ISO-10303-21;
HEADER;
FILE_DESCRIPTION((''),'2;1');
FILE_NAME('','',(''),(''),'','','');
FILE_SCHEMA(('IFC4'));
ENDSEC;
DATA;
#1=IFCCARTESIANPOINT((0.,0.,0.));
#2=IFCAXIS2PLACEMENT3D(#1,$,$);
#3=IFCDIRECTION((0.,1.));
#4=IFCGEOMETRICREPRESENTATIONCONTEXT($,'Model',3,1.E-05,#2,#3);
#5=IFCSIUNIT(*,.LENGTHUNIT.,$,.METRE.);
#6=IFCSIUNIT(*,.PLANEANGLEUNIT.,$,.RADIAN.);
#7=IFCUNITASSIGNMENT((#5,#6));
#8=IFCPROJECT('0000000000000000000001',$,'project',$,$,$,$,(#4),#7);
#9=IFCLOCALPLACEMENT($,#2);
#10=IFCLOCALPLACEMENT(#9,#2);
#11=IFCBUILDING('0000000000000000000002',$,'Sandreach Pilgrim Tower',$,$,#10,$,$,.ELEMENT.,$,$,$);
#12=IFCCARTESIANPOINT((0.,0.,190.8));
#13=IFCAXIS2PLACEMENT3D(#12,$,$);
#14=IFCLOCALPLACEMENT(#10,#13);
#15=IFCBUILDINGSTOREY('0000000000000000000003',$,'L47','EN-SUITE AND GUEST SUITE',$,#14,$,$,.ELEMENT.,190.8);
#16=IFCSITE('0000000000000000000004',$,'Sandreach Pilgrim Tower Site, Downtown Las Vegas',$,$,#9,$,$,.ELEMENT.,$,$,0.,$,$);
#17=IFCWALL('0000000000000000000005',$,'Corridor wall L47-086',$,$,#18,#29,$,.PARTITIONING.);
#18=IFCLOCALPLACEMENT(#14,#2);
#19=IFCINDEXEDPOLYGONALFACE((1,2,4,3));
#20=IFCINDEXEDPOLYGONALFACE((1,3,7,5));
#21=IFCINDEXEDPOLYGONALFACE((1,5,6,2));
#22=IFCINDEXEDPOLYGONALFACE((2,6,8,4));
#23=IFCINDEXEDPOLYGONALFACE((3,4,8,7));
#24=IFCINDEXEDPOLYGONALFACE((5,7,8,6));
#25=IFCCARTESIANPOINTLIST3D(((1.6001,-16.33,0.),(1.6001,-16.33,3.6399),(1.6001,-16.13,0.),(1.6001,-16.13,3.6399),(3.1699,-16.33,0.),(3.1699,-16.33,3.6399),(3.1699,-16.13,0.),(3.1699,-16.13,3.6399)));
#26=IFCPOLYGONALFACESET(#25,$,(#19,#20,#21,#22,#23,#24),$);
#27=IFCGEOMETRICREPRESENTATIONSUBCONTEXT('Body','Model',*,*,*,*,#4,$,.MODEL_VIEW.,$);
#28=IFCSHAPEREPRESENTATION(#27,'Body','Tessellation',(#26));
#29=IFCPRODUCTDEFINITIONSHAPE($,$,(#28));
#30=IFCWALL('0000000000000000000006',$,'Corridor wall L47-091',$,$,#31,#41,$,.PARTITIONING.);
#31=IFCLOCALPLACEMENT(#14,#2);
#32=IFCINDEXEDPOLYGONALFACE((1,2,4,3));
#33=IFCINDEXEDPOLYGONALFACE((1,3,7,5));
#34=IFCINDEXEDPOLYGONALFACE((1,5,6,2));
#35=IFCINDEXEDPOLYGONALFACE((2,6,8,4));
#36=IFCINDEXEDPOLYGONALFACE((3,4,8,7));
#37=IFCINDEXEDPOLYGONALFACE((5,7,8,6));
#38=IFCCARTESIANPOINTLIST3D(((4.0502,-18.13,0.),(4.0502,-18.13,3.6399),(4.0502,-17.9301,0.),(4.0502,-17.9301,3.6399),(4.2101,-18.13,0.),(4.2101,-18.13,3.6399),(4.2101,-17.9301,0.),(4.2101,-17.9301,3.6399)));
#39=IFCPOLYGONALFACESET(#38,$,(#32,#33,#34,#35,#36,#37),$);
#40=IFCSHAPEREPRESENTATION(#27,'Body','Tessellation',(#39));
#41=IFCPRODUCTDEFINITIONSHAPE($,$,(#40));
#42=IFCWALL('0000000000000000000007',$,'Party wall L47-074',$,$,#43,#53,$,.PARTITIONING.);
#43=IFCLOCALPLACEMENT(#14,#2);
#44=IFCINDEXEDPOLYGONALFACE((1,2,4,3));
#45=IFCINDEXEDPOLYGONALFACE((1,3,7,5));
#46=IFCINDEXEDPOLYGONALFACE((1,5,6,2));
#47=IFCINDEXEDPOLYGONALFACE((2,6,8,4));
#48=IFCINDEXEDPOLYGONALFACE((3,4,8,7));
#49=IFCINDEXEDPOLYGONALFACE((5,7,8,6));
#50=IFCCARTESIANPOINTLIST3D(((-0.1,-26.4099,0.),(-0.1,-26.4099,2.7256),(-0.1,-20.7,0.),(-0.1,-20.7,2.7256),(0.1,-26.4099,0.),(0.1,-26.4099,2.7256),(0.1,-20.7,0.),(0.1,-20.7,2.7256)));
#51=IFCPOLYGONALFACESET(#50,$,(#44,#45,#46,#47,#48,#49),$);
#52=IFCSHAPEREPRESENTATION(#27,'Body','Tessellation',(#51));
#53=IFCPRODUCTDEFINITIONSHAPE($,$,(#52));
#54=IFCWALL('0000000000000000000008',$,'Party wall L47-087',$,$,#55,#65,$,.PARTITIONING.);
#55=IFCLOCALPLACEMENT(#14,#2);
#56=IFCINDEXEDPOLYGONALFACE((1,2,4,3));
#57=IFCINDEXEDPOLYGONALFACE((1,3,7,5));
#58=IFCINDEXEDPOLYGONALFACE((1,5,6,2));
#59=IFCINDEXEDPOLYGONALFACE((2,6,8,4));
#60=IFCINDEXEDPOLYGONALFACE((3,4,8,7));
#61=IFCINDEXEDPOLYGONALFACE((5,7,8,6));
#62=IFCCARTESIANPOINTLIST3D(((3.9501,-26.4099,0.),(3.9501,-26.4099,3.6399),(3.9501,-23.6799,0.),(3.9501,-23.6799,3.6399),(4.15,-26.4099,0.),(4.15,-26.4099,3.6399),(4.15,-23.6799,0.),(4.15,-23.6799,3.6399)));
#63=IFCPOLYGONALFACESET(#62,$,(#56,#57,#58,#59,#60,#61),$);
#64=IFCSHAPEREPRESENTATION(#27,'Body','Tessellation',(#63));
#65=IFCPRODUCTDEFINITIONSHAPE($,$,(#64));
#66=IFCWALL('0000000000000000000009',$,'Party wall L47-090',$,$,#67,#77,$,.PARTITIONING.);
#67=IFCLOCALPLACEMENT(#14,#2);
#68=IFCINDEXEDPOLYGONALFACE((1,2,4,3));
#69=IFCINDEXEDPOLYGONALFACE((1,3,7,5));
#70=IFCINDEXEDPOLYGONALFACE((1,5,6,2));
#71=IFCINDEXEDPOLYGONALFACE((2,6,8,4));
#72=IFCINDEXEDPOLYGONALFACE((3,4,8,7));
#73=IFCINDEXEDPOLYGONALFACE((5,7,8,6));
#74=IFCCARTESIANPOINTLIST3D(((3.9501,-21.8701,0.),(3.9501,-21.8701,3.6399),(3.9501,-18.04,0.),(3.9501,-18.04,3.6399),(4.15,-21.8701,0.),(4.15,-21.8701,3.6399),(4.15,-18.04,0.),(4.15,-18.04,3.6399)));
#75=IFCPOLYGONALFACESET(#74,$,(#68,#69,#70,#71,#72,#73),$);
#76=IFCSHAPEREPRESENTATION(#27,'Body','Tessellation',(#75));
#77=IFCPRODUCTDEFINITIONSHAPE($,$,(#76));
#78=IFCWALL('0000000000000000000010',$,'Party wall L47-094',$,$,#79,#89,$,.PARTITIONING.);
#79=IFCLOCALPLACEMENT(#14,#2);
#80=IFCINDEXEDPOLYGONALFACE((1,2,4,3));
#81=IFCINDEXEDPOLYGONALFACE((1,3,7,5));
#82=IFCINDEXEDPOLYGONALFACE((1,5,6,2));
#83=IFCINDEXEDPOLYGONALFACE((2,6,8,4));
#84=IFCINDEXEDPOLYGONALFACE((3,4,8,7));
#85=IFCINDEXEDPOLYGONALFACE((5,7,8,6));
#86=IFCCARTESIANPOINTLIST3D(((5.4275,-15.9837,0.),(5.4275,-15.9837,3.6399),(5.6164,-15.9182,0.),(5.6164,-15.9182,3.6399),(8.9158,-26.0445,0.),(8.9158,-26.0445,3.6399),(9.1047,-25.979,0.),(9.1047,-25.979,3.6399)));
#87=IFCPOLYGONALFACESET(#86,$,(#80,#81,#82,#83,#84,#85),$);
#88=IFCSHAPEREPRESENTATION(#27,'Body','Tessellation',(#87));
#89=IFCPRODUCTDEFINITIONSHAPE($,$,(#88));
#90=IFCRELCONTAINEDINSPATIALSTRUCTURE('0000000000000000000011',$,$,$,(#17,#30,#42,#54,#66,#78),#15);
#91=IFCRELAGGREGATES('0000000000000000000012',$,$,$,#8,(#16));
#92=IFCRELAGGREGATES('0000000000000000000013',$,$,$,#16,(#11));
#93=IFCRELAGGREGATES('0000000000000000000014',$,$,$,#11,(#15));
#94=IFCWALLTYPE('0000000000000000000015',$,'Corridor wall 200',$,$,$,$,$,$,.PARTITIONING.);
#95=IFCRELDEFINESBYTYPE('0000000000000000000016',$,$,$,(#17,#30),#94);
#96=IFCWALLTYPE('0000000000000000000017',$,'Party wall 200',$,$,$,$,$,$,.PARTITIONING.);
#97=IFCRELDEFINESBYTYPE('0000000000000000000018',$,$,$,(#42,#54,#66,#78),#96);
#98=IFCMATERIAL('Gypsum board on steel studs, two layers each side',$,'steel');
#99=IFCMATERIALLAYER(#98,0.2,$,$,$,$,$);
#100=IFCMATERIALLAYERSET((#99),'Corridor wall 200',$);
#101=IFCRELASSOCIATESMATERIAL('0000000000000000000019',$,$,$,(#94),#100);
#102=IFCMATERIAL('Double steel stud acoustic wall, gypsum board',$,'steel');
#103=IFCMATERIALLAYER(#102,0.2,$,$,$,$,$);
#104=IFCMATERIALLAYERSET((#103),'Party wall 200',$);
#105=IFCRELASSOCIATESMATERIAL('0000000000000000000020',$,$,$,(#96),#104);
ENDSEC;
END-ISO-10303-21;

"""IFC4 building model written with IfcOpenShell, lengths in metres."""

from ifc_helpers import new_model, si_unit, direction, frame, frame_2d, origin, place, context, subcontext, project, spatial, rectangle, extrude, material, layer, layer_set, type_object, element, save


model = new_model("IFC4")

# Units and contexts
model_context = context("Model", 3, precision=1e-05, world=origin(), true_north=direction((0.0, 1.0)))
body_context = subcontext(model_context, "Body", "Model", "MODEL_VIEW")
ifc_project = project(units=[si_unit("LENGTHUNIT", "METRE"), si_unit("PLANEANGLEUNIT", "RADIAN")], contexts=[model_context])

# Site, building, storey
site_placement = place(None, origin())
site = spatial("IfcSite", under=ifc_project, at=site_placement, Name="Sandreach Pilgrim Tower Site, Downtown Las Vegas", CompositionType="ELEMENT", RefElevation=0.0)
building_placement = place(site_placement, origin())
building = spatial("IfcBuilding", under=site, at=building_placement, Name="Sandreach Pilgrim Tower", CompositionType="ELEMENT")
storey_placement = place(building_placement, frame((0.0, 0.0, 190.8)))
storey = spatial("IfcBuildingStorey", under=building, at=storey_placement, Name="L47", Description="EN-SUITE AND GUEST SUITE", CompositionType="ELEMENT", Elevation=190.8)

# Shared definitions
ifc_material_1 = material(Name="Gypsum board on steel studs, two layers each side", Category="steel")
ifc_layer_1 = layer(ifc_material_1, 0.2)
ifc_layer_set_1 = layer_set([ifc_layer_1], Name="Corridor wall 200")
wall_type_1 = type_object("IfcWallType", Name="Corridor wall 200", PredefinedType="PARTITIONING", material=ifc_layer_set_1)

# Walls
wall_1_placement = place(storey_placement, frame((3.1699, -16.23, 0.0), z_axis=(0.0, 0.0, 1.0), x_axis=(-1.0, 0.0, 0.0)))
element("IfcWall", 1, at=wall_1_placement, inside=storey, type_object=wall_type_1, Name="Corridor wall L47-086", PredefinedType="PARTITIONING", context=body_context, shape_type="SweptSolid", body=[
    extrude(rectangle(XDim=1.5698, YDim=0.2, at=frame_2d((0.7849, 0.0))), origin(), (0.0, 0.0, 1.0), 3.6399),
])
wall_2_placement = place(storey_placement, frame((4.05, -18.03, 0.0), z_axis=(0.0, 0.0, 1.0), x_axis=(1.0, 0.0, 0.0)))
element("IfcWall", 2, at=wall_2_placement, inside=storey, type_object=wall_type_1, Name="Corridor wall L47-091", PredefinedType="PARTITIONING", context=body_context, shape_type="SweptSolid", body=[
    extrude(rectangle(XDim=0.1599, YDim=0.2, at=frame_2d((0.0801, 0.0))), origin(), (0.0, 0.0, 1.0), 3.6399),
])

# Walls
ifc_material_2 = material(Name="Double steel stud acoustic wall, gypsum board", Category="steel")
ifc_layer_2 = layer(ifc_material_2, 0.2)
ifc_layer_set_2 = layer_set([ifc_layer_2], Name="Party wall 200")
wall_type_2 = type_object("IfcWallType", Name="Party wall 200", PredefinedType="PARTITIONING", material=ifc_layer_set_2)
wall_3_placement = place(storey_placement, frame((0.0, -26.4099, 0.0), z_axis=(0.0, 0.0, 1.0), x_axis=(0.0, 1.0, 0.0)))
element("IfcWall", 3, at=wall_3_placement, inside=storey, type_object=wall_type_2, Name="Party wall L47-074", PredefinedType="PARTITIONING", context=body_context, shape_type="SweptSolid", body=[
    extrude(rectangle(XDim=5.71, YDim=0.2, at=frame_2d((2.855, 0.0))), origin(), (0.0, 0.0, 1.0), 2.7256),
])
wall_4_placement = place(storey_placement, frame((4.05, -26.4099, 0.0), z_axis=(0.0, 0.0, 1.0), x_axis=(0.0, 1.0, 0.0)))
element("IfcWall", 4, at=wall_4_placement, inside=storey, type_object=wall_type_2, Name="Party wall L47-087", PredefinedType="PARTITIONING", context=body_context, shape_type="SweptSolid", body=[
    extrude(rectangle(XDim=2.73, YDim=0.2, at=frame_2d((1.365, 0.0))), origin(), (0.0, 0.0, 1.0), 3.6399),
])
wall_5_placement = place(storey_placement, frame((4.05, -21.8701, 0.0), z_axis=(0.0, 0.0, 1.0), x_axis=(0.0, 1.0, 0.0)))
element("IfcWall", 5, at=wall_5_placement, inside=storey, type_object=wall_type_2, Name="Party wall L47-090", PredefinedType="PARTITIONING", context=body_context, shape_type="SweptSolid", body=[
    extrude(rectangle(XDim=3.8301, YDim=0.2, at=frame_2d((1.915, 0.0))), origin(), (0.0, 0.0, 1.0), 3.6399),
])
wall_6_placement = place(storey_placement, frame((5.522, -15.9509, 0.0), z_axis=(0.0, 0.0, 1.0), x_axis=(0.327589, -0.94482, 0.0)))
element("IfcWall", 6, at=wall_6_placement, inside=storey, type_object=wall_type_2, Name="Party wall L47-094", PredefinedType="PARTITIONING", context=body_context, shape_type="SweptSolid", body=[
    extrude(rectangle(XDim=10.6484, YDim=0.2, at=frame_2d((5.3242, 0.0))), origin(), (0.0, 0.0, 1.0), 3.6399),
])

save(model, "model.ifc")
